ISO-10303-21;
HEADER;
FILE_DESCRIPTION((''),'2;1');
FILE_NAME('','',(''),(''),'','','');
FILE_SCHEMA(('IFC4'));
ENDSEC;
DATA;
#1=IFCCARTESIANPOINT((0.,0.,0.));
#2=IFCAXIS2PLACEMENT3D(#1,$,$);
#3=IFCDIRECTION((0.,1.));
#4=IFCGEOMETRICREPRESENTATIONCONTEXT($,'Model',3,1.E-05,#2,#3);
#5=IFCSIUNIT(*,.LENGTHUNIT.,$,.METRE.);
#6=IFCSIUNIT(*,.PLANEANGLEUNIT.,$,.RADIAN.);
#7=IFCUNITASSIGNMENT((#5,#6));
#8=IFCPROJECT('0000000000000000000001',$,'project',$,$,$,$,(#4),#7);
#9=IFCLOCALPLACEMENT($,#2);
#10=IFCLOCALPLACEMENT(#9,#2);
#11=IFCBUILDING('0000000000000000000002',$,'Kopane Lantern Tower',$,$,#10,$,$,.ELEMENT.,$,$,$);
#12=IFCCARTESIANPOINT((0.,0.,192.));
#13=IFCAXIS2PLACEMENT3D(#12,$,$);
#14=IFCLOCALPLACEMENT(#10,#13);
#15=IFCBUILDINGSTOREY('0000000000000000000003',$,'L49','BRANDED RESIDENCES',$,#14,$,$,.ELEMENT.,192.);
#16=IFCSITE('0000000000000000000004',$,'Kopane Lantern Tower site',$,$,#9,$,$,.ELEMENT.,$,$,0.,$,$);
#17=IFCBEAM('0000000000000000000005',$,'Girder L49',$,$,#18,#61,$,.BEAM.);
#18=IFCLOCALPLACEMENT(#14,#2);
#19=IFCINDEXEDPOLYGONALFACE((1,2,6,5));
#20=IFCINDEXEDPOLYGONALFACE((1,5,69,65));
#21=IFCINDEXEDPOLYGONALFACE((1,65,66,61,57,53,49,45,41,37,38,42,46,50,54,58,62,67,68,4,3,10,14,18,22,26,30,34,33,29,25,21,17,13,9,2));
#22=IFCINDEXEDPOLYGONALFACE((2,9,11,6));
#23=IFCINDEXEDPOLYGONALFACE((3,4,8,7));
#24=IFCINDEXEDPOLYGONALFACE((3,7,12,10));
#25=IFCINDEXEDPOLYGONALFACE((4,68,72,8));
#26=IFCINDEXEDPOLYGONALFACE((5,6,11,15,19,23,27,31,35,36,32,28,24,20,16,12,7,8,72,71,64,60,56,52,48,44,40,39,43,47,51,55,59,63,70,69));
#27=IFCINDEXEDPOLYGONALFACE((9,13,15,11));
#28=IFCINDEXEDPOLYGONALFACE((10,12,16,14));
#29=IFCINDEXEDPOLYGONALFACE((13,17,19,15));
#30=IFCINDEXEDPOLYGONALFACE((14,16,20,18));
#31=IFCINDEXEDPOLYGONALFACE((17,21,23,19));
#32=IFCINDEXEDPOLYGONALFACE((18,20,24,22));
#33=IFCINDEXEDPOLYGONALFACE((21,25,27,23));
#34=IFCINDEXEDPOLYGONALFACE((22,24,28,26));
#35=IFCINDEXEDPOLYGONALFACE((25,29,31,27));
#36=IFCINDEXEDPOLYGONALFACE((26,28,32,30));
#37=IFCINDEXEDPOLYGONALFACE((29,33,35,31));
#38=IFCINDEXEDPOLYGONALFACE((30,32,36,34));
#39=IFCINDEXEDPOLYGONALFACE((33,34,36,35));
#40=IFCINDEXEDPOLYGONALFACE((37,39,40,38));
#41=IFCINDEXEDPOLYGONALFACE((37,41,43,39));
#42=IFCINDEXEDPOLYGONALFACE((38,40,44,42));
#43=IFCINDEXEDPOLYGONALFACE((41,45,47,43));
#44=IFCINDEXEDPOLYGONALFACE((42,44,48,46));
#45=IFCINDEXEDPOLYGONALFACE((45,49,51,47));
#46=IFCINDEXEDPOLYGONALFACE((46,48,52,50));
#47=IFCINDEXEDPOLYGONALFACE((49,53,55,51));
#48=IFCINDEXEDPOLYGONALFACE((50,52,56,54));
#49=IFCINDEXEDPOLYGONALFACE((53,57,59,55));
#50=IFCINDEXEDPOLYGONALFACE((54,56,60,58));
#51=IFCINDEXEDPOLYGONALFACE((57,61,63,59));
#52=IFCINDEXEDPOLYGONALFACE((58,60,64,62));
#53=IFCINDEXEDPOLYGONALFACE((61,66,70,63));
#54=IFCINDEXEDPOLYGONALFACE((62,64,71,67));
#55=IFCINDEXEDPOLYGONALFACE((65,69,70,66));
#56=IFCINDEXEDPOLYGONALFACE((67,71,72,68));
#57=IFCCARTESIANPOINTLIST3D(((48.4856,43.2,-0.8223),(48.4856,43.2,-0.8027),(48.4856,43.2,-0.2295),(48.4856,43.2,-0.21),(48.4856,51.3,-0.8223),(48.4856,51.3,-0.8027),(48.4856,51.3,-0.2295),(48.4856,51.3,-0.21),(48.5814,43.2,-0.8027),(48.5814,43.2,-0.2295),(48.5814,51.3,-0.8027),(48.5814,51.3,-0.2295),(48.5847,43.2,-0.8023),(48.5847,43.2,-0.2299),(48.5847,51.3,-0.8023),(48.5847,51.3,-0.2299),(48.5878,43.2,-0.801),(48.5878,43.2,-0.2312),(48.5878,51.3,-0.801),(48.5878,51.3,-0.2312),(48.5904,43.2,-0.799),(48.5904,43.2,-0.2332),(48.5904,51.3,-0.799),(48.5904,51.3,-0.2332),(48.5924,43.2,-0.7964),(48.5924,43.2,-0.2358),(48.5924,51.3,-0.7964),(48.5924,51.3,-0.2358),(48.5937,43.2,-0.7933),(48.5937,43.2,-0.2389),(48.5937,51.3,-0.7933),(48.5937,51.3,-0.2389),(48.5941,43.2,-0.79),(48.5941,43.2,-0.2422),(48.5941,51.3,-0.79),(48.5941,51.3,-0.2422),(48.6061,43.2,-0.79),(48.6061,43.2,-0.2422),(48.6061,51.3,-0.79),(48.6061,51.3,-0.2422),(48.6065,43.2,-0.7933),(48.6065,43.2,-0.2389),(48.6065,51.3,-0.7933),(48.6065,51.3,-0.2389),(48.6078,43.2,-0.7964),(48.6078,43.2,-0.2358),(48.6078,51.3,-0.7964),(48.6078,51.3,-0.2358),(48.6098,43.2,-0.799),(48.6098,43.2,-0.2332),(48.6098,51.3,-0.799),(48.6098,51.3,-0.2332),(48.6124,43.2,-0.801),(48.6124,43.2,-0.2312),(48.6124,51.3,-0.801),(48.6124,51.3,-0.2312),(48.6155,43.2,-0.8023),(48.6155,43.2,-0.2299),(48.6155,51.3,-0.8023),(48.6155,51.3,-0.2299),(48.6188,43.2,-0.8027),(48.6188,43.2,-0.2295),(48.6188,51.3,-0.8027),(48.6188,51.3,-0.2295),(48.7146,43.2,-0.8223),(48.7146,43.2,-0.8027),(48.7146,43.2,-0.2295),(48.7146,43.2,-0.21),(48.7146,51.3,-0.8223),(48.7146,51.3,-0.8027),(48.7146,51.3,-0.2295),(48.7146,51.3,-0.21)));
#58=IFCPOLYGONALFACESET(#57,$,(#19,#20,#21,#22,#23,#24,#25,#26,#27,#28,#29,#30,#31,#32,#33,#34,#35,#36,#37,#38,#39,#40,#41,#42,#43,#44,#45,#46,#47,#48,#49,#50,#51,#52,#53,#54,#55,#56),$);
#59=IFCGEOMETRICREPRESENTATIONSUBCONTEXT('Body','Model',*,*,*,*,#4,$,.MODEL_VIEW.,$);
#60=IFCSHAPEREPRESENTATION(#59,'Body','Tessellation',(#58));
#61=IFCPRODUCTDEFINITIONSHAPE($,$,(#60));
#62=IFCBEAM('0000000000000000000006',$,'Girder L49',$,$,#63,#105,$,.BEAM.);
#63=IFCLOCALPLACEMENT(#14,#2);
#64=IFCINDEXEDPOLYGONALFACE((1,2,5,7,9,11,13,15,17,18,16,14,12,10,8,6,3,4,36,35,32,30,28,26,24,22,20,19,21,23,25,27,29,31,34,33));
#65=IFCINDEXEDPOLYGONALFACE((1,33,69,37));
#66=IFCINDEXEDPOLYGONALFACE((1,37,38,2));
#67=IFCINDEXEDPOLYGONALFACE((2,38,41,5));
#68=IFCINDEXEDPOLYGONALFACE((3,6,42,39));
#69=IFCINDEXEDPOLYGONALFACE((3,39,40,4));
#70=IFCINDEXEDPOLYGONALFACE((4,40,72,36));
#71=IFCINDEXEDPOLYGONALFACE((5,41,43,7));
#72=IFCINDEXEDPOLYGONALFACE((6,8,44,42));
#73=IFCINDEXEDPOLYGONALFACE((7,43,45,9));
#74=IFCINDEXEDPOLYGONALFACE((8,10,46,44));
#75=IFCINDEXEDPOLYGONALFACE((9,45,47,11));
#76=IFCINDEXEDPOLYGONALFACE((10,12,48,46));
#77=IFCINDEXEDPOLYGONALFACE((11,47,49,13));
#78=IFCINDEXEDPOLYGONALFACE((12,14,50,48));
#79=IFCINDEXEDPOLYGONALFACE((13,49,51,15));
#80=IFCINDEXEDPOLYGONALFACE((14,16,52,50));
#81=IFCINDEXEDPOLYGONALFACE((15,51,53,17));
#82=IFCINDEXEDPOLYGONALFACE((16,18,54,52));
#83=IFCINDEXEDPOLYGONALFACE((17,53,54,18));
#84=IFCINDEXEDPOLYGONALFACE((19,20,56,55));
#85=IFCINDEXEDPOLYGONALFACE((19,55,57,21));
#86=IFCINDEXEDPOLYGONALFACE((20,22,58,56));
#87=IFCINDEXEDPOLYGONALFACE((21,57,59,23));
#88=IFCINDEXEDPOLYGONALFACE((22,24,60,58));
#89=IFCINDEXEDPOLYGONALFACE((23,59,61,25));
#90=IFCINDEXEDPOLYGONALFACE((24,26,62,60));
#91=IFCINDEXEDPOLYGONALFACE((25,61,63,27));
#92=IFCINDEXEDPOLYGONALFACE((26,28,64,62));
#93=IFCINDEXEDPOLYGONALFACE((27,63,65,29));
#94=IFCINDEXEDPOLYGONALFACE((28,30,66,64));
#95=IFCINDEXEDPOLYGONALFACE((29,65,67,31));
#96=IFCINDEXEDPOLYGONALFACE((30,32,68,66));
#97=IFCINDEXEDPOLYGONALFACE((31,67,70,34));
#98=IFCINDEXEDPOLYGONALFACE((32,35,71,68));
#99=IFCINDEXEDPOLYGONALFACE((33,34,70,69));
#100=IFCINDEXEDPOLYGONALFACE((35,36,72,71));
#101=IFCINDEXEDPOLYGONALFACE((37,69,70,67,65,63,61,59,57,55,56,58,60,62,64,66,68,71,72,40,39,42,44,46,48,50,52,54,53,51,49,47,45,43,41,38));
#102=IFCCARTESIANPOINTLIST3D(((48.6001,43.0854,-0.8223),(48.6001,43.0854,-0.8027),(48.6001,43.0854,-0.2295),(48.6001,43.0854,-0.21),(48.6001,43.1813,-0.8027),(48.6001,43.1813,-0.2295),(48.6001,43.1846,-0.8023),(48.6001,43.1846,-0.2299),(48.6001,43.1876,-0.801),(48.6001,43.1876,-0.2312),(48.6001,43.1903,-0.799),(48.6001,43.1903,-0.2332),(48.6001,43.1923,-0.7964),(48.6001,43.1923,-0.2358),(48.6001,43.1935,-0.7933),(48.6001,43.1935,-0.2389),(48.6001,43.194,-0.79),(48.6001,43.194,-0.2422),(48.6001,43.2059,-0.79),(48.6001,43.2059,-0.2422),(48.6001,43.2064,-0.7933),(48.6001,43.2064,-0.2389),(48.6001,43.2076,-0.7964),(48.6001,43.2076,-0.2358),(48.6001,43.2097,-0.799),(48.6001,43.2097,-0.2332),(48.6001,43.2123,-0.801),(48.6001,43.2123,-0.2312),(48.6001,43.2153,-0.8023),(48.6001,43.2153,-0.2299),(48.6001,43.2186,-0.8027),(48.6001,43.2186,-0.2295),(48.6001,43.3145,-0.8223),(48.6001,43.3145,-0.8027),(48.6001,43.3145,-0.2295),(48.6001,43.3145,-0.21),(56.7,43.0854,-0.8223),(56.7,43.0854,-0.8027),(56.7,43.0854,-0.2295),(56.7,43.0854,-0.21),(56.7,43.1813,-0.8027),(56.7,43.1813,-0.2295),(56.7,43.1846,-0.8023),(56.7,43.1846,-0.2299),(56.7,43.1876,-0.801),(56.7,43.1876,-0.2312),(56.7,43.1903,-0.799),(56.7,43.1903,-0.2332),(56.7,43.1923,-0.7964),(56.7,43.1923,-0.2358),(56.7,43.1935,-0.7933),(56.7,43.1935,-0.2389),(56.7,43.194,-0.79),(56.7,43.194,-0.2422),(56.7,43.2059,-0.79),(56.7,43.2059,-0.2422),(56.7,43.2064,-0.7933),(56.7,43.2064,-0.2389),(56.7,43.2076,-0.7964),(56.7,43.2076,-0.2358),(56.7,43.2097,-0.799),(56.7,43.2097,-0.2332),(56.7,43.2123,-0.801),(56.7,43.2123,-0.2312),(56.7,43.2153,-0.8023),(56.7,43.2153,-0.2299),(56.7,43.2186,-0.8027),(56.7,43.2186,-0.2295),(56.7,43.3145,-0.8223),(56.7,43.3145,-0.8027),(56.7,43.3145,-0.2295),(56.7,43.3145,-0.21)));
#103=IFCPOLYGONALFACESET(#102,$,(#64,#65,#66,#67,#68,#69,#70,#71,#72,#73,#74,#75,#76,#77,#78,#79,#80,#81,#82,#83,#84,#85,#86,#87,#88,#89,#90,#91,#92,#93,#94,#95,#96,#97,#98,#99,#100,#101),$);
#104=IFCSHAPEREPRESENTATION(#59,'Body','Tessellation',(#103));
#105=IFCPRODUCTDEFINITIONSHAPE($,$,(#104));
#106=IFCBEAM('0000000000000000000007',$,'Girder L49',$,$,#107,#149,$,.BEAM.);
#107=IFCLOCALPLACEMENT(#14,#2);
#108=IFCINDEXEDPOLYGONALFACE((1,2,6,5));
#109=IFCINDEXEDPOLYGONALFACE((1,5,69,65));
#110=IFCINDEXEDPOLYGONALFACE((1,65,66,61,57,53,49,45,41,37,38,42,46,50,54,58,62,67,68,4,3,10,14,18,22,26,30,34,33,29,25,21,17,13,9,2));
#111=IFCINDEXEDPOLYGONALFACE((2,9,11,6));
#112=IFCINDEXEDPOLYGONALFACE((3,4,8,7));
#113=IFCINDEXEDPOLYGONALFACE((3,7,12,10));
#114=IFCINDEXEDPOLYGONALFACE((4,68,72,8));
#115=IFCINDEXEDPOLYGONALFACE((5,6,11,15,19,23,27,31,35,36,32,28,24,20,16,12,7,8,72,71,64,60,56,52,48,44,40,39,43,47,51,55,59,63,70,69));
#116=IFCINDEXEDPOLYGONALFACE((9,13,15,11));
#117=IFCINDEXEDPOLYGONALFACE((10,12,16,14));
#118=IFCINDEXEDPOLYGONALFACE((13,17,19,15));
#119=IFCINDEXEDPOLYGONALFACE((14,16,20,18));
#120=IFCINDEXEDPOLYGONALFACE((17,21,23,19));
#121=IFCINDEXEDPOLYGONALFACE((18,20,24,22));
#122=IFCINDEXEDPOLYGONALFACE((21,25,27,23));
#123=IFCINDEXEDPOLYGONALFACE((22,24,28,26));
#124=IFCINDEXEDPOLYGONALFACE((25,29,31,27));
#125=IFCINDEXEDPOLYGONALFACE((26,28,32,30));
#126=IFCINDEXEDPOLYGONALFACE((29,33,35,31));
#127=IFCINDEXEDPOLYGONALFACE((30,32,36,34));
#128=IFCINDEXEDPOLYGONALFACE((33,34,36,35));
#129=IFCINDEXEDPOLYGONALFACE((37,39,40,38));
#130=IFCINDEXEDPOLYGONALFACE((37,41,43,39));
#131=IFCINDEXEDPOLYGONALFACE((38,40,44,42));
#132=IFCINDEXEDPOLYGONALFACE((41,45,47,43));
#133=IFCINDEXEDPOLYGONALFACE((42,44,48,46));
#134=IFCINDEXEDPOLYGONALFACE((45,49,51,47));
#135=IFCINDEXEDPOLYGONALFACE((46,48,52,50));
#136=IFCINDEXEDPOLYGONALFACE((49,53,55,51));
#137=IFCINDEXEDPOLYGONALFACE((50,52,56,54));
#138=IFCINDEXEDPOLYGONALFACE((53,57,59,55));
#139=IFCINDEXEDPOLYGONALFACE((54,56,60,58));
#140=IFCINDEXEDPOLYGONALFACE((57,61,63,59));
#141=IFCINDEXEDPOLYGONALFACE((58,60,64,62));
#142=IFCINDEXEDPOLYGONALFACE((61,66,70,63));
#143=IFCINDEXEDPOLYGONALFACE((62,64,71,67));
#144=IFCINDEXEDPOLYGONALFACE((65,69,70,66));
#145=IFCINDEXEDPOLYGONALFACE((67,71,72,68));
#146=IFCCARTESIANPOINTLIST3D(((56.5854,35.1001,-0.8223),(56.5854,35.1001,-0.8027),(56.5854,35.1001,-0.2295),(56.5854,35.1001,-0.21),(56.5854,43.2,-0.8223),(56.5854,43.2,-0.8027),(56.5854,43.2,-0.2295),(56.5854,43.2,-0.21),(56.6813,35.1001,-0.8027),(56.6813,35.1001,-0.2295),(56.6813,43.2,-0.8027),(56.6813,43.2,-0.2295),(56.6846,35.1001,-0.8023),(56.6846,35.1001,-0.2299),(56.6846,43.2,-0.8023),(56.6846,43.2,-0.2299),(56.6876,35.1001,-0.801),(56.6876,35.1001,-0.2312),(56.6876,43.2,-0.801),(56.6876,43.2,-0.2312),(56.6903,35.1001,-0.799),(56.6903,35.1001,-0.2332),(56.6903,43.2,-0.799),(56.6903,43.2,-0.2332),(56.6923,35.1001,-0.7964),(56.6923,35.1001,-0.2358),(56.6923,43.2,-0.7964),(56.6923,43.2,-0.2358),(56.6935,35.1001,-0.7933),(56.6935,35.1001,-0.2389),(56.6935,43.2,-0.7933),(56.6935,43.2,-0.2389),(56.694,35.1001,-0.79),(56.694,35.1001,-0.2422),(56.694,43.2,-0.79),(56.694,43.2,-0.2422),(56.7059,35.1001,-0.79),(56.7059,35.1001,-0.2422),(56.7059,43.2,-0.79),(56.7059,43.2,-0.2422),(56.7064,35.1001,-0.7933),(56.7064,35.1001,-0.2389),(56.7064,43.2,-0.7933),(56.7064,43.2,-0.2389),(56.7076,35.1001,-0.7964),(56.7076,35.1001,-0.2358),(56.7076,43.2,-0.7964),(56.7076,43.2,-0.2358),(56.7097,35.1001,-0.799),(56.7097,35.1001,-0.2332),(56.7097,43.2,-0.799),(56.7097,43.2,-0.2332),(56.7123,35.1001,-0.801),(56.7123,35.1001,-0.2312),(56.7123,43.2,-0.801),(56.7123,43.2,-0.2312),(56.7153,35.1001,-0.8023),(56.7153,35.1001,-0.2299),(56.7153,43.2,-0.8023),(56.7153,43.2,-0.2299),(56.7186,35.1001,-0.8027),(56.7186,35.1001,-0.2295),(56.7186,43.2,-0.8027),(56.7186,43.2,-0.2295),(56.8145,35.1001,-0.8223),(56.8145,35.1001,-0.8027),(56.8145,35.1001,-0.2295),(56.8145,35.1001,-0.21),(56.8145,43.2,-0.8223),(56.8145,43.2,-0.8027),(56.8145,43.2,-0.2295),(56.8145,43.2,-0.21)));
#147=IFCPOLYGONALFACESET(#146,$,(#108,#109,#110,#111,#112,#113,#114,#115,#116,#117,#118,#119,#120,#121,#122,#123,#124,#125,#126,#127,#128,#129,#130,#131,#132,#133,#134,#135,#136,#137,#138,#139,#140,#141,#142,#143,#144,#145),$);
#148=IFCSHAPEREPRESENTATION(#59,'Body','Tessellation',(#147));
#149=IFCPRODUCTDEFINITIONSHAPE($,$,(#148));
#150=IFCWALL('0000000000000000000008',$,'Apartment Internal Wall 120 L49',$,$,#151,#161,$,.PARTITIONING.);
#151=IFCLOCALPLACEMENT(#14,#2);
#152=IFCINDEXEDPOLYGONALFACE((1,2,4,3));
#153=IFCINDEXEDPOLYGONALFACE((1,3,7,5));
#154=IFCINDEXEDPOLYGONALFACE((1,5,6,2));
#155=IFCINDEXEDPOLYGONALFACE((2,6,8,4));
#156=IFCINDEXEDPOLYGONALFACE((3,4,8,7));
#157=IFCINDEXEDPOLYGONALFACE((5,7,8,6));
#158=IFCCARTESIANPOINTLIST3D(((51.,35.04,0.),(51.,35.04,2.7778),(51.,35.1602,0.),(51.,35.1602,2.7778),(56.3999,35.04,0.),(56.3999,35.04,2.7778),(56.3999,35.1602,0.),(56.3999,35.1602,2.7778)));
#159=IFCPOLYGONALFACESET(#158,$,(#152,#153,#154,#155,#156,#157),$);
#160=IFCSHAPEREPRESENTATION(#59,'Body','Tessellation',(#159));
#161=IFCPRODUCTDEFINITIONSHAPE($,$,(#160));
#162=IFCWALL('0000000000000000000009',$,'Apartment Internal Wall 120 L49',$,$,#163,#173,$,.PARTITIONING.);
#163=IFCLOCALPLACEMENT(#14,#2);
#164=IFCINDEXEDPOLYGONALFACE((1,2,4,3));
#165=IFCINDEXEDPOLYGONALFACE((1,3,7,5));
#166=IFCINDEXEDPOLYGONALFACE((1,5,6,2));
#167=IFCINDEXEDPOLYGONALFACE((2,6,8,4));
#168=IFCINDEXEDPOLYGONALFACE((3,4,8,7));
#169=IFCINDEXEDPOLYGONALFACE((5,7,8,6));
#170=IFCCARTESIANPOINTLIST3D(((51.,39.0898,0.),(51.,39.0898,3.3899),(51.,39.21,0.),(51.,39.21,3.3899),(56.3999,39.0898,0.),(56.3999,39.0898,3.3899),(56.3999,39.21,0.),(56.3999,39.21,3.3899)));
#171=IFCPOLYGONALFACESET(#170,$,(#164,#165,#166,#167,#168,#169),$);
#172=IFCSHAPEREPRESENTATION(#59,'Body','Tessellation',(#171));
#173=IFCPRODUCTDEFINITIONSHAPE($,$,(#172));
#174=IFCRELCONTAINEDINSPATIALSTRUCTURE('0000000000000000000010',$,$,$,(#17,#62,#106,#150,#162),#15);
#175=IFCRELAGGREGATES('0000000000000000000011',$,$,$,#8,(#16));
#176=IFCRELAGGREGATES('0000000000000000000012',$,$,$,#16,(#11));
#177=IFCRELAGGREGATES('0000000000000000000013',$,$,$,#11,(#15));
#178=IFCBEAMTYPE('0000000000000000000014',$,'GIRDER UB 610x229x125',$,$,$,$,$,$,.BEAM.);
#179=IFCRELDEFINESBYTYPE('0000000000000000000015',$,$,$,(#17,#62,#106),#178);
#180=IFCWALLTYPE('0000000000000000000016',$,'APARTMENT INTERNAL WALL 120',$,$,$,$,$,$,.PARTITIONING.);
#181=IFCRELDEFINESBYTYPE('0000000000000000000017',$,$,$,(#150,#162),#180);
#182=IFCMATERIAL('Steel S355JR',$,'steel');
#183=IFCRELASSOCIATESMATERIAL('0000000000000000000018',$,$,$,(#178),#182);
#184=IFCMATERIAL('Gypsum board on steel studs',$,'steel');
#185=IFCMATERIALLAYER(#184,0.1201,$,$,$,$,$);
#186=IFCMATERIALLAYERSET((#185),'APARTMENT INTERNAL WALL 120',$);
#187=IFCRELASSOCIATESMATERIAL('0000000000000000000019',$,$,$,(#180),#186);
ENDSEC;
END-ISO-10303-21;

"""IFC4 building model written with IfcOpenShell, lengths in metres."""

from ifc_helpers import new_model, si_unit, direction, frame, frame_2d, origin, origin_2d, place, context, subcontext, project, spatial, rectangle, i_section, extrude, material, layer, layer_set, material_profile, profile_set, type_object, element, save


model = new_model("IFC4")

# Units and contexts
model_context = context("Model", 3, precision=1e-05, world=origin(), true_north=direction((0.0, 1.0)))
body_context = subcontext(model_context, "Body", "Model", "MODEL_VIEW")
ifc_project = project(units=[si_unit("LENGTHUNIT", "METRE"), si_unit("PLANEANGLEUNIT", "RADIAN")], contexts=[model_context])

# Site, building, storey
site_placement = place(None, origin())
site = spatial("IfcSite", under=ifc_project, at=site_placement, Name="Kopane Lantern Tower site", CompositionType="ELEMENT", RefElevation=0.0)
building_placement = place(site_placement, origin())
building = spatial("IfcBuilding", under=site, at=building_placement, Name="Kopane Lantern Tower", CompositionType="ELEMENT")
storey_placement = place(building_placement, frame((0.0, 0.0, 192.0)))
storey = spatial("IfcBuildingStorey", under=building, at=storey_placement, Name="L49", Description="BRANDED RESIDENCES", CompositionType="ELEMENT", Elevation=192.0)

# Beams
ifc_material_1 = material(Name="Steel S355JR", Category="steel")
ifc_material_profile_1 = material_profile(ifc_material_1, i_section(OverallWidth=0.229, OverallDepth=0.6123, WebThickness=0.012, FlangeThickness=0.0195, FilletRadius=0.0127, at=origin_2d()), Name="UB 610x229x125")
ifc_profile_set_1 = profile_set([ifc_material_profile_1], Name="Steel S355JR")
beam_type = type_object("IfcBeamType", Name="GIRDER UB 610x229x125", PredefinedType="BEAM", material=ifc_profile_set_1)
beam_placement = place(storey_placement, frame((48.6001, 43.2, -0.5161), z_axis=(0.0, 1.0, 0.0), x_axis=(-1.0, 0.0, 0.0)))
element("IfcBeam", 1, at=beam_placement, inside=storey, type_object=beam_type, Name="Girder L49", PredefinedType="BEAM", context=body_context, shape_type="SweptSolid", body=[
    extrude(i_section(OverallWidth=0.229, OverallDepth=0.6123, WebThickness=0.012, FlangeThickness=0.0195, FilletRadius=0.0127, at=origin_2d()), origin(), (0.0, 0.0, 1.0), 8.1001),
])
for number, where, z_axis, x_axis, name in (
    (2, (48.6001, 43.2, -0.5161), (1.0, 0.0, 0.0), (0.0, 1.0, 0.0), "Girder L49"),
    (3, (56.7, 35.1001, -0.5161), (0.0, 1.0, 0.0), (-1.0, 0.0, 0.0), "Girder L49"),
):
    element("IfcBeam", number, at=place(storey_placement, frame(where, z_axis=z_axis, x_axis=x_axis)), inside=storey, type_object=beam_type, Name=name, PredefinedType="BEAM", context=body_context, shape_type="SweptSolid", body=[
        extrude(i_section(OverallWidth=0.229, OverallDepth=0.6123, WebThickness=0.012, FlangeThickness=0.0195, FilletRadius=0.0127, at=origin_2d()), origin(), (0.0, 0.0, 1.0), 8.0999),
    ])

# Walls
ifc_material_2 = material(Name="Gypsum board on steel studs", Category="steel")
ifc_layer_1 = layer(ifc_material_2, 0.1201)
ifc_layer_set_1 = layer_set([ifc_layer_1], Name="APARTMENT INTERNAL WALL 120")
wall_type_1 = type_object("IfcWallType", Name="APARTMENT INTERNAL WALL 120", PredefinedType="PARTITIONING", material=ifc_layer_set_1)
wall_1_placement = place(storey_placement, frame((51.0, 35.1001, 0.0), z_axis=(0.0, 0.0, 1.0), x_axis=(1.0, 0.0, 0.0)))
element("IfcWall", 4, at=wall_1_placement, inside=storey, type_object=wall_type_1, Name="Apartment Internal Wall 120 L49", PredefinedType="PARTITIONING", context=body_context, shape_type="SweptSolid", body=[
    extrude(rectangle(XDim=5.3999, YDim=0.1201, at=frame_2d((2.7, 0.0))), origin(), (0.0, 0.0, 1.0), 2.7778),
])
wall_2_placement = place(storey_placement, frame((51.0, 39.1499, 0.0), z_axis=(0.0, 0.0, 1.0), x_axis=(1.0, 0.0, 0.0)))
element("IfcWall", 5, at=wall_2_placement, inside=storey, type_object=wall_type_1, Name="Apartment Internal Wall 120 L49", PredefinedType="PARTITIONING", context=body_context, shape_type="SweptSolid", body=[
    extrude(rectangle(XDim=5.3999, YDim=0.1201, at=frame_2d((2.7, 0.0))), origin(), (0.0, 0.0, 1.0), 3.3899),
])

save(model, "model.ifc")
